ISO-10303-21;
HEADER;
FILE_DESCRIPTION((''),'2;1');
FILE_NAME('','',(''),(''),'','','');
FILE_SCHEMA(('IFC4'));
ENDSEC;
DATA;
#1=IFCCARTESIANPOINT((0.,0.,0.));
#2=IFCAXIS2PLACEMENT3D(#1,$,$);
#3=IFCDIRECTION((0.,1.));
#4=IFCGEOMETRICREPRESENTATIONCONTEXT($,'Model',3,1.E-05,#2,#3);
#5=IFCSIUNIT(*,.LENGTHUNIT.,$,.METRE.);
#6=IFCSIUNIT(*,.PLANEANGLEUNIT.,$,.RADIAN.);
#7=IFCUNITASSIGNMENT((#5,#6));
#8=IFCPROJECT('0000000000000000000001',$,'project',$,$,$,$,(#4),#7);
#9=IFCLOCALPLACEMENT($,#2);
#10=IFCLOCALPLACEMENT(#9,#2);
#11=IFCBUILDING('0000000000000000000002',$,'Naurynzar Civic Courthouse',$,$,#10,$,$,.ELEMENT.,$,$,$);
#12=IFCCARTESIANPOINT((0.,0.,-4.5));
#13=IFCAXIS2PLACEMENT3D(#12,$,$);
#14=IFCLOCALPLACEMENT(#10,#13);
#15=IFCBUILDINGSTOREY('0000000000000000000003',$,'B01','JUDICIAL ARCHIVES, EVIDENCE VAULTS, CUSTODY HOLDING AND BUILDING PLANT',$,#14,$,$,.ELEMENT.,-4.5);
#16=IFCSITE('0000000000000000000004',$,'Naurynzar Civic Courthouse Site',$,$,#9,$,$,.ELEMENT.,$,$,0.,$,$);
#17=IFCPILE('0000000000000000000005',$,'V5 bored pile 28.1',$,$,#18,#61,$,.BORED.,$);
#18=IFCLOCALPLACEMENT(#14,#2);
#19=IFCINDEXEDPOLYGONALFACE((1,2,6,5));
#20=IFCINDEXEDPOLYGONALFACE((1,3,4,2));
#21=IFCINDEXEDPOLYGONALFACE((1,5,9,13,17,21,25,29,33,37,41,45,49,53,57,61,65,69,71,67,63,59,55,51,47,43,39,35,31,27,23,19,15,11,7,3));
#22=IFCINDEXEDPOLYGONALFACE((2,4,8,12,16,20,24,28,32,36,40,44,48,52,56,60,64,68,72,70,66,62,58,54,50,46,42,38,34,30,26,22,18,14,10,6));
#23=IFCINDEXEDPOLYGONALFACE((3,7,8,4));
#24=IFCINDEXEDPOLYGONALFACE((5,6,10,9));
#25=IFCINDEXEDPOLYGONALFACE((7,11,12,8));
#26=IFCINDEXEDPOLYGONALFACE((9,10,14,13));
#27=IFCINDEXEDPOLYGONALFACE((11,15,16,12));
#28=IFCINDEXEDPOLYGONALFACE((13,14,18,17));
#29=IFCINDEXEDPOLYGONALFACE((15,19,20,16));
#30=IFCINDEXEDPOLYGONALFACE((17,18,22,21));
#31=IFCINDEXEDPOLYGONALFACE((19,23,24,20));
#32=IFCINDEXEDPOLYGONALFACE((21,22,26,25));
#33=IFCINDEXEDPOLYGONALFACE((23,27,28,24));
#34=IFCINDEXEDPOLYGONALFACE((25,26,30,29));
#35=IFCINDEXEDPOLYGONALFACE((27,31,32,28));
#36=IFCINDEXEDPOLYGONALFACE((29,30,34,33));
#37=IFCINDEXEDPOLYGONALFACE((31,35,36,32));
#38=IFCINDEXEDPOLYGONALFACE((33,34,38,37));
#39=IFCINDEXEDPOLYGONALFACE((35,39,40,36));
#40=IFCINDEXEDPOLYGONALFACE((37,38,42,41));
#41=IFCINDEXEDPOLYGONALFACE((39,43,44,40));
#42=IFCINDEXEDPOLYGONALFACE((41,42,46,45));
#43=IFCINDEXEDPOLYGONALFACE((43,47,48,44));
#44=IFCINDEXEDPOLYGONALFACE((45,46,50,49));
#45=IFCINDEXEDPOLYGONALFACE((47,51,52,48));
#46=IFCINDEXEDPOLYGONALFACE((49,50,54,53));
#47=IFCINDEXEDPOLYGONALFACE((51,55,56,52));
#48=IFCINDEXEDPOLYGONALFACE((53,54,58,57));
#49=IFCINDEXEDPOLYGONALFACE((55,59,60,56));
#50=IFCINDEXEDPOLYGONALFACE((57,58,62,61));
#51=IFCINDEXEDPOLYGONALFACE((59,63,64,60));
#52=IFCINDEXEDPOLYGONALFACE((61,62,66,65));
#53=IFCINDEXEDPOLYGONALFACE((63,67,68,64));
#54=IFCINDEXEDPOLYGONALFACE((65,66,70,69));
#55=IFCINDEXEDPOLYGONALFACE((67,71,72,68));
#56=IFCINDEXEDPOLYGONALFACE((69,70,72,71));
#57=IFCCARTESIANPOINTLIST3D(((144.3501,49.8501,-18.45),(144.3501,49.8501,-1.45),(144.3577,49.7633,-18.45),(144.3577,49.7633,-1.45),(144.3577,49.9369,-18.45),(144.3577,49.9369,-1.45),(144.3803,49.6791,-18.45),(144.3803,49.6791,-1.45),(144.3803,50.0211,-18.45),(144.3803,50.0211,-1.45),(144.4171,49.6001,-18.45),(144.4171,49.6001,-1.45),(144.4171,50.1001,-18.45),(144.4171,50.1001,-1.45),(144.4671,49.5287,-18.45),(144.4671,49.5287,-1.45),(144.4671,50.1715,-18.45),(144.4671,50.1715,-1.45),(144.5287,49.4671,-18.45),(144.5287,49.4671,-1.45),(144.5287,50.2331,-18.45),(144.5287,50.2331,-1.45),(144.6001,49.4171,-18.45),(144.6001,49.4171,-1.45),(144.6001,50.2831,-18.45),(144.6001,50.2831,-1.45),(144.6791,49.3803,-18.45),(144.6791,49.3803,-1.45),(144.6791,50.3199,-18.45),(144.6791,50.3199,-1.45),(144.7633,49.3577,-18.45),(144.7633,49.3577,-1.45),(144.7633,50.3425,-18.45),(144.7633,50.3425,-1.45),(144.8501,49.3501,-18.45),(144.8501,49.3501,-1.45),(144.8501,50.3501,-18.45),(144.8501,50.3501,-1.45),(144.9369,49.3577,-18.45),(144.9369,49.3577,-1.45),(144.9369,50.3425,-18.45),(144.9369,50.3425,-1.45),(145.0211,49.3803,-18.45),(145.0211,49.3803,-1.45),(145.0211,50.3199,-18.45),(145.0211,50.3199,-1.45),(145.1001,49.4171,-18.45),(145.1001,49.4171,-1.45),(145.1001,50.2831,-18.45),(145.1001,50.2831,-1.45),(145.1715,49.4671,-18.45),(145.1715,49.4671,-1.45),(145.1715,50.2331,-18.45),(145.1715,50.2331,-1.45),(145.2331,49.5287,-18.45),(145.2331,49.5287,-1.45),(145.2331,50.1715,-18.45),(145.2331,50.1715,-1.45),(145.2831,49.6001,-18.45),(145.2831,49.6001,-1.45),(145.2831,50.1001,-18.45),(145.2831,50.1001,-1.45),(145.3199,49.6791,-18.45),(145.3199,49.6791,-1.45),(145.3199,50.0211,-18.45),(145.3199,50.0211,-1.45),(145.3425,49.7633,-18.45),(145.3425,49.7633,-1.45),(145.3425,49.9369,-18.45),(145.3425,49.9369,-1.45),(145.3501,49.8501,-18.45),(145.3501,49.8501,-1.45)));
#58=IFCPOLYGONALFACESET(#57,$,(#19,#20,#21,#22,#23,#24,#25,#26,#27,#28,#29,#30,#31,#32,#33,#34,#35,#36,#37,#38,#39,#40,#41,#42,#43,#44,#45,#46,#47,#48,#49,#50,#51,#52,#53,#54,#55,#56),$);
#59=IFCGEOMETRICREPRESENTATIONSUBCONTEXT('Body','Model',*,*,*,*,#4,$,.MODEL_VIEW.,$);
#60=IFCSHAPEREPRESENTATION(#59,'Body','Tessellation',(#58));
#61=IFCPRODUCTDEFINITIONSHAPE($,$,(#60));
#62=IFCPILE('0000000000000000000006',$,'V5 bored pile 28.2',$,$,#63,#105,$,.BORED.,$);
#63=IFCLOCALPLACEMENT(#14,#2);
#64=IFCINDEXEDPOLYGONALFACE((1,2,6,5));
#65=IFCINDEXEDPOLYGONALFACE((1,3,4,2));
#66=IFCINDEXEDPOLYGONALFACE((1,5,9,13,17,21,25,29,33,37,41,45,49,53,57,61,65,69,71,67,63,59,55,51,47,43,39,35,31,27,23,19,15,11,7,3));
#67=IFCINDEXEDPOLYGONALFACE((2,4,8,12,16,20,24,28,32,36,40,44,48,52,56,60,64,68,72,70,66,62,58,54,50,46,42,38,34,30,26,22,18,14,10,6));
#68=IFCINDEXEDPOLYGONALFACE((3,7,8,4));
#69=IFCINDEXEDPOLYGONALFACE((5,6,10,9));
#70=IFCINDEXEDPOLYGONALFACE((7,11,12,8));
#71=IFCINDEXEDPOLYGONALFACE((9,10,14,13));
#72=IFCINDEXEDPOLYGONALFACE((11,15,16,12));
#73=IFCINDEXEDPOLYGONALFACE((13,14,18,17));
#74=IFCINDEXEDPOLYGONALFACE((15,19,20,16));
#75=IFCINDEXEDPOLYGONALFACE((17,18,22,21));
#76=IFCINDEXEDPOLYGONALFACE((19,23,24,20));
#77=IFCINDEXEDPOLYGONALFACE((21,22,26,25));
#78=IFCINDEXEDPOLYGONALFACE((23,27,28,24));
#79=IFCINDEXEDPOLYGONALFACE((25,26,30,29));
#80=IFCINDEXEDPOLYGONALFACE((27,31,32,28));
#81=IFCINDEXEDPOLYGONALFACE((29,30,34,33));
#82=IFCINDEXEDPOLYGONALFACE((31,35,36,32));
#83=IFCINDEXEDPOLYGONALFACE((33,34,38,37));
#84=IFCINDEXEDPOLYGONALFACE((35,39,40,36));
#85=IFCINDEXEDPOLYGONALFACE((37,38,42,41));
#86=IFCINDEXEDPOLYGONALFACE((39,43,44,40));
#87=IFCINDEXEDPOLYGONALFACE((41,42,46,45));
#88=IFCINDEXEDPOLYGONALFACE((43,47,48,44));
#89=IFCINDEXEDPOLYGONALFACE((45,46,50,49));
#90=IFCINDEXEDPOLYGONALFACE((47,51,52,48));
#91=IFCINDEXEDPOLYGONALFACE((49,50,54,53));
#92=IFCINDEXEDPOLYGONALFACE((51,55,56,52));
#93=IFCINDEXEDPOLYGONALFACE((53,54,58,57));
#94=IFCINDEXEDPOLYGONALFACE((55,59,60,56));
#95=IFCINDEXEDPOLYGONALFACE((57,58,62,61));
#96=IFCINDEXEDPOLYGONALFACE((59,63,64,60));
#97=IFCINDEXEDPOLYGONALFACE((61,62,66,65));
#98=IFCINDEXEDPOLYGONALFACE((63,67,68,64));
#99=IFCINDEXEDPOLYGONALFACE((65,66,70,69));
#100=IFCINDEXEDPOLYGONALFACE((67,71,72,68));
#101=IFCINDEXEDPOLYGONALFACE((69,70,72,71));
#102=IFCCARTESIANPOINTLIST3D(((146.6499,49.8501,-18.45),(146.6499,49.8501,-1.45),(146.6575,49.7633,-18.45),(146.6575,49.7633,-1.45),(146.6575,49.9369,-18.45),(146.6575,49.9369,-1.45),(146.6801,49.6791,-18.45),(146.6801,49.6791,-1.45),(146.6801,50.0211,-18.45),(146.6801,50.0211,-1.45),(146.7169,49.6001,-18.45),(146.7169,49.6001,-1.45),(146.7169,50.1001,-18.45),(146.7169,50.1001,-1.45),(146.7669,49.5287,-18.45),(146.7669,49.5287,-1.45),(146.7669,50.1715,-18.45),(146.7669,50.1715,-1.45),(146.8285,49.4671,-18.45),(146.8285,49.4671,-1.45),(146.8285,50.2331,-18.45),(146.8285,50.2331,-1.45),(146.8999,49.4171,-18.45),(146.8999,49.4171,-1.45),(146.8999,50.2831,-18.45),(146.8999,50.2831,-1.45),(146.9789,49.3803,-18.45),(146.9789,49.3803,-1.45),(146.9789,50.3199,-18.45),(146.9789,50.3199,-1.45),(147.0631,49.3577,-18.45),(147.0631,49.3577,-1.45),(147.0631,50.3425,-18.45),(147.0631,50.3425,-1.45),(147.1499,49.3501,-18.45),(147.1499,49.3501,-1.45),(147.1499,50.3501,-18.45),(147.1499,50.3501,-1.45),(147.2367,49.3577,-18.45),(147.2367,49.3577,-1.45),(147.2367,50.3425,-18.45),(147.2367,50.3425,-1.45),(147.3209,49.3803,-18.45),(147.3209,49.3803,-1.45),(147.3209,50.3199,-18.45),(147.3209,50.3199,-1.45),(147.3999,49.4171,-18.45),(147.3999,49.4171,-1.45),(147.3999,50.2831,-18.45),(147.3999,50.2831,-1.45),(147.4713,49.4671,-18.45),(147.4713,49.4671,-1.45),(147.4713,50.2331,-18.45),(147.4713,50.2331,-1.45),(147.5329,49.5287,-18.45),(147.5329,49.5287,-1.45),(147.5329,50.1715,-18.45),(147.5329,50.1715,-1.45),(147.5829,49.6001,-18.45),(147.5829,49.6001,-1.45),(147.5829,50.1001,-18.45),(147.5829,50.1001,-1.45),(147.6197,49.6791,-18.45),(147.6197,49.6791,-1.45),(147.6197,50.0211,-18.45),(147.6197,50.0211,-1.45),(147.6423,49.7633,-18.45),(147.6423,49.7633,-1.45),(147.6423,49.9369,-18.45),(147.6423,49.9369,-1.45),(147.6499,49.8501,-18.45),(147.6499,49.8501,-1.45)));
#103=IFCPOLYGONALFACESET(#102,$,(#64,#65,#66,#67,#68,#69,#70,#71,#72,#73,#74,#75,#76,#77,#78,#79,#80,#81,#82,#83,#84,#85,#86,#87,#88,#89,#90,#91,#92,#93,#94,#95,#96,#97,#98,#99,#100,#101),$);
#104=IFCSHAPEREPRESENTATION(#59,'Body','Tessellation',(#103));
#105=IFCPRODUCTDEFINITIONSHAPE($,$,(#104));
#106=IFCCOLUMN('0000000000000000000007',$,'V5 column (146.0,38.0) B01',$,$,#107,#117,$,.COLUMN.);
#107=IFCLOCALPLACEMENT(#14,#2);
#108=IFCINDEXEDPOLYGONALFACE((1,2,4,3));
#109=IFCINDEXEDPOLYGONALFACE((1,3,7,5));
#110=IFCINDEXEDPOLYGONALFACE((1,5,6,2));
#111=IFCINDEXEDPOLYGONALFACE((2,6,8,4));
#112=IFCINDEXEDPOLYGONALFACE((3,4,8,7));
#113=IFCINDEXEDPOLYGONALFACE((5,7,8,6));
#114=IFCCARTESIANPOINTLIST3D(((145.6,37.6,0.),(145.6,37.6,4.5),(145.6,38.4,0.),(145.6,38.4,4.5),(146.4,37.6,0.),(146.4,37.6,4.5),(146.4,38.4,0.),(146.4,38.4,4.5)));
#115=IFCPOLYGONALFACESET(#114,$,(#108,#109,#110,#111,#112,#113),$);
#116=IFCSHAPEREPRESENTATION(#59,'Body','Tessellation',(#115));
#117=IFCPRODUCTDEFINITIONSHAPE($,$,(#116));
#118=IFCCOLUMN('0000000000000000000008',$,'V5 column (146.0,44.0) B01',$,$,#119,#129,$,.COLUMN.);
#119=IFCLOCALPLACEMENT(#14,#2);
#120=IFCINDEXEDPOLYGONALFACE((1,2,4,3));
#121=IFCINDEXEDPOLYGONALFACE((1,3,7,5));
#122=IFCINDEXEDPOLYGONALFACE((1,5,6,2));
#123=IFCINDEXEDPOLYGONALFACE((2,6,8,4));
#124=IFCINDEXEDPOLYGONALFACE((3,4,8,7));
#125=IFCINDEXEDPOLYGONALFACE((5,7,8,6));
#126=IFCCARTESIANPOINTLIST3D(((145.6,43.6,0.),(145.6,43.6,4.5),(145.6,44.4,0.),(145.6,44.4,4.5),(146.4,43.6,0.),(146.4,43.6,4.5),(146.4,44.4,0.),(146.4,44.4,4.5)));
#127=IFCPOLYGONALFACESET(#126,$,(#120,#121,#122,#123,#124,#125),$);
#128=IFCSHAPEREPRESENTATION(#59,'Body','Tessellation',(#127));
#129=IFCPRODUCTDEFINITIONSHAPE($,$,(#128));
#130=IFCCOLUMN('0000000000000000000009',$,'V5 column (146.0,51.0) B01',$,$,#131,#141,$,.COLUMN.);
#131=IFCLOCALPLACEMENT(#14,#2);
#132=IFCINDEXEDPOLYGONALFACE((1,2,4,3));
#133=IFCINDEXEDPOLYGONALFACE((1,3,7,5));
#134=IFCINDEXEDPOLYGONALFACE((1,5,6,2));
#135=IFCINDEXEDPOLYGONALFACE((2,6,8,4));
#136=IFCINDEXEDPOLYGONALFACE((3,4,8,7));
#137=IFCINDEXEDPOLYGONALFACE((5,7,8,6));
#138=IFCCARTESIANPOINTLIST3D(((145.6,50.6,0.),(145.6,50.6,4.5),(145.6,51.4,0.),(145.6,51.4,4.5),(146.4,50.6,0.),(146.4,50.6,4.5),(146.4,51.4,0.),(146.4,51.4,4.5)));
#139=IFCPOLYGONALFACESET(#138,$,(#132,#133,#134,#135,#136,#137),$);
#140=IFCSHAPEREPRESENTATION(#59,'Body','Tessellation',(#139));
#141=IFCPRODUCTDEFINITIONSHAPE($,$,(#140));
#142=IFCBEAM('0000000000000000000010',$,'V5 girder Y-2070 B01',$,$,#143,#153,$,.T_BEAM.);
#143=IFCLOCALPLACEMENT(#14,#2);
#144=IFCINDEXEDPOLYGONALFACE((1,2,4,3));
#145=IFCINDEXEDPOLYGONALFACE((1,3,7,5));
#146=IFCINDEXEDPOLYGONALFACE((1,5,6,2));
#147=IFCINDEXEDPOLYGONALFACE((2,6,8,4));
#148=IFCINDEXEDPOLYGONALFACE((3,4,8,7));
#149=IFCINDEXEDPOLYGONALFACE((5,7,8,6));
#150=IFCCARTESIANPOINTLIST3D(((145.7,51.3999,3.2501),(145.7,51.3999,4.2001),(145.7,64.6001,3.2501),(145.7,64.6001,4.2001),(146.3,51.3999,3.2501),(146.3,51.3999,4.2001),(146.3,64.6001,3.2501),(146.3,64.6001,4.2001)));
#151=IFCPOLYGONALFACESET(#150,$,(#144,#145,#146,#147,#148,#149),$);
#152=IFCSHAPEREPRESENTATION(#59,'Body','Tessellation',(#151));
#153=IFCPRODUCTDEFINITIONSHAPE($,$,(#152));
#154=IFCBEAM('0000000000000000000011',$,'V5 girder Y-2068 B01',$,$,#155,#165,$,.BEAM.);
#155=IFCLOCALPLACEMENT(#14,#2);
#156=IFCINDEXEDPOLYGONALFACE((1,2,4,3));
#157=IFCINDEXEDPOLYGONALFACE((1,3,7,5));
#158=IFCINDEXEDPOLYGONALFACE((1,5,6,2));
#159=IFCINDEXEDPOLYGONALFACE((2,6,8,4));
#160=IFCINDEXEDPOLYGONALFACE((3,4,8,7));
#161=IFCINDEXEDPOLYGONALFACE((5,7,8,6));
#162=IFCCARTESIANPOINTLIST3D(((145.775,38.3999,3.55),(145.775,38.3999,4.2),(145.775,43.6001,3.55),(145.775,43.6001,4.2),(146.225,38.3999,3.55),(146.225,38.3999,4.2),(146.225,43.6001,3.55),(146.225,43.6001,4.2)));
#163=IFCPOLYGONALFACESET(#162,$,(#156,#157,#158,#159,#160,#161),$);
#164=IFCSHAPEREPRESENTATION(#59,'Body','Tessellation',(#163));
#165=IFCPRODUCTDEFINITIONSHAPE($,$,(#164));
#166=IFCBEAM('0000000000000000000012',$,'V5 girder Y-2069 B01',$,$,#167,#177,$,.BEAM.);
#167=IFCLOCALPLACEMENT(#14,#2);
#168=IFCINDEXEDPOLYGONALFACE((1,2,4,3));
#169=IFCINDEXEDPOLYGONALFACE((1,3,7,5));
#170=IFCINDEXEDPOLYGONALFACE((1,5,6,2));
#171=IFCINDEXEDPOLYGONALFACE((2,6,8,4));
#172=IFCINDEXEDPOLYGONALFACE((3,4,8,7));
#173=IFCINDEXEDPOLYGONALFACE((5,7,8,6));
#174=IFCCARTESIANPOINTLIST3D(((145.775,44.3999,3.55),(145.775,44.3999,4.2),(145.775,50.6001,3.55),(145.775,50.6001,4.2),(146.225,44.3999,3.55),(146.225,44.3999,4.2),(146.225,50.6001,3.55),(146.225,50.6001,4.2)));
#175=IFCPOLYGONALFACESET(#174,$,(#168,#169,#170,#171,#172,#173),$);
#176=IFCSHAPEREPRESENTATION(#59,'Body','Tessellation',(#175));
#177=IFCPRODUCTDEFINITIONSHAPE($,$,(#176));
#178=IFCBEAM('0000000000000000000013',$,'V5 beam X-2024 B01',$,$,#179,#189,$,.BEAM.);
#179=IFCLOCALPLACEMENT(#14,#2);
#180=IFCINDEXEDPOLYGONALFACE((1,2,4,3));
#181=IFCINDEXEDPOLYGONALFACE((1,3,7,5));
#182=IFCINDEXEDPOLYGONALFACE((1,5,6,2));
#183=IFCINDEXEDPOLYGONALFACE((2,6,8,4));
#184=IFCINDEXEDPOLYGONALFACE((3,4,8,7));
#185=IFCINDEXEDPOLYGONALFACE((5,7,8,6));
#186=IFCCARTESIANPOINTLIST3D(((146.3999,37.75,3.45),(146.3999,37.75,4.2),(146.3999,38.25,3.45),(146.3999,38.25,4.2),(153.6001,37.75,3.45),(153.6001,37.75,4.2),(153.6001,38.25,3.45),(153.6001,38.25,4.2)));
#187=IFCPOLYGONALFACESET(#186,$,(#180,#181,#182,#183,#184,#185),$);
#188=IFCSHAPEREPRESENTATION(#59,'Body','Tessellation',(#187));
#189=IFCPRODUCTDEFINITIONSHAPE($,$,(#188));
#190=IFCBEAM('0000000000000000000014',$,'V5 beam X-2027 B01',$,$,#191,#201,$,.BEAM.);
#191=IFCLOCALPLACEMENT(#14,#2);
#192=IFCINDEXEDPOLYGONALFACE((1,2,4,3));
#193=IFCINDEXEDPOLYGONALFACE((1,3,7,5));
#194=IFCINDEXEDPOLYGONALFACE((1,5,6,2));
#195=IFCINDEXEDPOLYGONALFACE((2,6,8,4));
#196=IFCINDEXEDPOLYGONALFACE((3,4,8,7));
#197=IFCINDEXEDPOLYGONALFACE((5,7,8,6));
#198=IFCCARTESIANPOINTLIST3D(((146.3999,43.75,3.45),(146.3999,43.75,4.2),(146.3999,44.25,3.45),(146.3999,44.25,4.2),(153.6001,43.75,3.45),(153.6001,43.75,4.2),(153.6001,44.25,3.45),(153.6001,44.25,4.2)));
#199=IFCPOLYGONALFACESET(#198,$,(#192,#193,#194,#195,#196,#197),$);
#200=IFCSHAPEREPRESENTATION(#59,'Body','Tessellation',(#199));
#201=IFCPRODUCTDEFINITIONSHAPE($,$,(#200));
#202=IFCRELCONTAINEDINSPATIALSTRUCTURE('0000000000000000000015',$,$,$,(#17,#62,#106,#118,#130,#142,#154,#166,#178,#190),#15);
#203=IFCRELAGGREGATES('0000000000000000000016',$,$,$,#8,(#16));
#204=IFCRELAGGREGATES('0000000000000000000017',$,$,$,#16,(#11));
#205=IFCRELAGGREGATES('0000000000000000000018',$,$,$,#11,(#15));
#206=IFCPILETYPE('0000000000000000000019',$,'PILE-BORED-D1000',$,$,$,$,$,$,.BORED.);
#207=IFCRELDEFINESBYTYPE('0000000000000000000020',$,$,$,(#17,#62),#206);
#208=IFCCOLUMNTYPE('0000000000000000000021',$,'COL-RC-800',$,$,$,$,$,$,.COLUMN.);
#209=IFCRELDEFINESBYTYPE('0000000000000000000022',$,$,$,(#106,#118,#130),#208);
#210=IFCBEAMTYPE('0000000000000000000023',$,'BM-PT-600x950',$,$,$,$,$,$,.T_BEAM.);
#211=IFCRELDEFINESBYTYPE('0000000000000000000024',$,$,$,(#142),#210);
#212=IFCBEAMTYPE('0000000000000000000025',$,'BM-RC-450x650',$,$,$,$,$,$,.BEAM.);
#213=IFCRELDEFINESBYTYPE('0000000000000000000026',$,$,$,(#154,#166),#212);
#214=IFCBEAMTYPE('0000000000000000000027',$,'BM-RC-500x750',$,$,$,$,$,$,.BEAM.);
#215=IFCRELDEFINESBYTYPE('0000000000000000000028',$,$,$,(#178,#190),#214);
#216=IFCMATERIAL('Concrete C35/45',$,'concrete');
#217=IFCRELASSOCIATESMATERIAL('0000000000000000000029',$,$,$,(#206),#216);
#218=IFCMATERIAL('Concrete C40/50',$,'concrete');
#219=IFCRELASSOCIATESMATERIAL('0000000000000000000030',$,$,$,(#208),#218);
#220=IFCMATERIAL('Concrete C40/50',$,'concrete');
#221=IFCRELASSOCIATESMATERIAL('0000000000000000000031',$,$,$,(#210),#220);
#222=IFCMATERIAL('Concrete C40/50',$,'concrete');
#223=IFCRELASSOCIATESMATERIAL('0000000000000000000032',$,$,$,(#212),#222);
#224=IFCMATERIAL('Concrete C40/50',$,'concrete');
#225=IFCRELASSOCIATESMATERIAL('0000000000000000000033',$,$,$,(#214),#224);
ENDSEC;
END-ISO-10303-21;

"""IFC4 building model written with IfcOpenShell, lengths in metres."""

from ifc_helpers import new_model, si_unit, direction, frame, origin, origin_2d, place, context, subcontext, project, spatial, rectangle, circle, extrude, material, material_profile, profile_set, type_object, element, save


model = new_model("IFC4")

# Units and contexts
model_context = context("Model", 3, precision=1e-05, world=origin(), true_north=direction((0.0, 1.0)))
body_context = subcontext(model_context, "Body", "Model", "MODEL_VIEW")
ifc_project = project(units=[si_unit("LENGTHUNIT", "METRE"), si_unit("PLANEANGLEUNIT", "RADIAN")], contexts=[model_context])

# Site, building, storey
site_placement = place(None, origin())
site = spatial("IfcSite", under=ifc_project, at=site_placement, Name="Naurynzar Civic Courthouse Site", CompositionType="ELEMENT", RefElevation=0.0)
building_placement = place(site_placement, origin())
building = spatial("IfcBuilding", under=site, at=building_placement, Name="Naurynzar Civic Courthouse", CompositionType="ELEMENT")
storey_placement = place(building_placement, frame((0.0, 0.0, -4.5)))
storey = spatial("IfcBuildingStorey", under=building, at=storey_placement, Name="B01", Description="JUDICIAL ARCHIVES, EVIDENCE VAULTS, CUSTODY HOLDING AND BUILDING PLANT", CompositionType="ELEMENT", Elevation=-4.5)

# Piles
ifc_material_1 = material(Name="Concrete C35/45", Category="concrete")
ifc_material_profile_1 = material_profile(ifc_material_1, circle(Radius=0.5, at=origin_2d()), Name="PILE D1000")
ifc_profile_set_1 = profile_set([ifc_material_profile_1], Name="Concrete C35/45")
pile_type = type_object("IfcPileType", Name="PILE-BORED-D1000", PredefinedType="BORED", material=ifc_profile_set_1)
for number, where, z_axis, x_axis, name in (
    (1, (144.8501, 49.8501, -1.45), (0.0, 0.0, -1.0), (1.0, 0.0, 0.0), "V5 bored pile 28.1"),
    (2, (147.1499, 49.8501, -1.45), (0.0, 0.0, -1.0), (1.0, 0.0, 0.0), "V5 bored pile 28.2"),
):
    element("IfcPile", number, at=place(storey_placement, frame(where, z_axis=z_axis, x_axis=x_axis)), inside=storey, type_object=pile_type, Name=name, PredefinedType="BORED", context=body_context, shape_type="SweptSolid", body=[
        extrude(circle(Radius=0.5, at=origin_2d()), origin(), (0.0, 0.0, 1.0), 17.0),
    ])

# Columns
ifc_material_2 = material(Name="Concrete C40/50", Category="concrete")
ifc_material_profile_2 = material_profile(ifc_material_2, rectangle(XDim=0.8, YDim=0.8, at=origin_2d()), Name="RC 800x800")
ifc_profile_set_2 = profile_set([ifc_material_profile_2], Name="Concrete C40/50")
column_type = type_object("IfcColumnType", Name="COL-RC-800", PredefinedType="COLUMN", material=ifc_profile_set_2)
for number, where, z_axis, x_axis, name in (
    (3, (146.0, 38.0, 0.0), (0.0, 0.0, 1.0), (1.0, 0.0, 0.0), "V5 column (146.0,38.0) B01"),
    (4, (146.0, 44.0, 0.0), (0.0, 0.0, 1.0), (1.0, 0.0, 0.0), "V5 column (146.0,44.0) B01"),
    (5, (146.0, 51.0, 0.0), (0.0, 0.0, 1.0), (1.0, 0.0, 0.0), "V5 column (146.0,51.0) B01"),
):
    element("IfcColumn", number, at=place(storey_placement, frame(where, z_axis=z_axis, x_axis=x_axis)), inside=storey, type_object=column_type, Name=name, PredefinedType="COLUMN", context=body_context, shape_type="SweptSolid", body=[
        extrude(rectangle(XDim=0.8, YDim=0.8, at=origin_2d()), origin(), (0.0, 0.0, 1.0), 4.5),
    ])

# Beams
ifc_material_3 = material(Name="Concrete C40/50", Category="concrete")
ifc_material_profile_3 = material_profile(ifc_material_3, rectangle(XDim=0.6001, YDim=0.95, at=origin_2d()), Name="PTB 600x950")
ifc_profile_set_3 = profile_set([ifc_material_profile_3], Name="Concrete C40/50")
beam_type_1 = type_object("IfcBeamType", Name="BM-PT-600x950", PredefinedType="T_BEAM", material=ifc_profile_set_3)
beam_1_placement = place(storey_placement, frame((146.0, 51.3999, 3.7251), z_axis=(0.0, 1.0, 0.0), x_axis=(-1.0, 0.0, 0.0)))
element("IfcBeam", 6, at=beam_1_placement, inside=storey, type_object=beam_type_1, Name="V5 girder Y-2070 B01", PredefinedType="T_BEAM", context=body_context, shape_type="SweptSolid", body=[
    extrude(rectangle(XDim=0.6001, YDim=0.95, at=origin_2d()), origin(), (0.0, 0.0, 1.0), 13.2002),
])
ifc_material_4 = material(Name="Concrete C40/50", Category="concrete")
ifc_material_profile_4 = material_profile(ifc_material_4, rectangle(XDim=0.45, YDim=0.6499, at=origin_2d()), Name="RCB 450x650")
ifc_profile_set_4 = profile_set([ifc_material_profile_4], Name="Concrete C40/50")
beam_type_2 = type_object("IfcBeamType", Name="BM-RC-450x650", PredefinedType="BEAM", material=ifc_profile_set_4)
beam_2_placement = place(storey_placement, frame((146.0, 38.3999, 3.875), z_axis=(0.0, 1.0, 0.0), x_axis=(-1.0, 0.0, 0.0)))
element("IfcBeam", 7, at=beam_2_placement, inside=storey, type_object=beam_type_2, Name="V5 girder Y-2068 B01", PredefinedType="BEAM", context=body_context, shape_type="SweptSolid", body=[
    extrude(rectangle(XDim=0.45, YDim=0.6499, at=origin_2d()), origin(), (0.0, 0.0, 1.0), 5.2002),
])
beam_3_placement = place(storey_placement, frame((146.0, 44.3999, 3.875), z_axis=(0.0, 1.0, 0.0), x_axis=(-1.0, 0.0, 0.0)))
element("IfcBeam", 8, at=beam_3_placement, inside=storey, type_object=beam_type_2, Name="V5 girder Y-2069 B01", PredefinedType="BEAM", context=body_context, shape_type="SweptSolid", body=[
    extrude(rectangle(XDim=0.45, YDim=0.6499, at=origin_2d()), origin(), (0.0, 0.0, 1.0), 6.2002),
])
ifc_material_5 = material(Name="Concrete C40/50", Category="concrete")
ifc_material_profile_5 = material_profile(ifc_material_5, rectangle(XDim=0.5, YDim=0.75, at=origin_2d()), Name="RCB 500x750")
ifc_profile_set_5 = profile_set([ifc_material_profile_5], Name="Concrete C40/50")
beam_type_3 = type_object("IfcBeamType", Name="BM-RC-500x750", PredefinedType="BEAM", material=ifc_profile_set_5)
for number, where, z_axis, x_axis, name in (
    (9, (146.3999, 38.0, 3.825), (1.0, 0.0, 0.0), (0.0, 1.0, 0.0), "V5 beam X-2024 B01"),
    (10, (146.3999, 44.0, 3.825), (1.0, 0.0, 0.0), (0.0, 1.0, 0.0), "V5 beam X-2027 B01"),
):
    element("IfcBeam", number, at=place(storey_placement, frame(where, z_axis=z_axis, x_axis=x_axis)), inside=storey, type_object=beam_type_3, Name=name, PredefinedType="BEAM", context=body_context, shape_type="SweptSolid", body=[
        extrude(rectangle(XDim=0.5, YDim=0.75, at=origin_2d()), origin(), (0.0, 0.0, 1.0), 7.2002),
    ])

save(model, "model.ifc")
